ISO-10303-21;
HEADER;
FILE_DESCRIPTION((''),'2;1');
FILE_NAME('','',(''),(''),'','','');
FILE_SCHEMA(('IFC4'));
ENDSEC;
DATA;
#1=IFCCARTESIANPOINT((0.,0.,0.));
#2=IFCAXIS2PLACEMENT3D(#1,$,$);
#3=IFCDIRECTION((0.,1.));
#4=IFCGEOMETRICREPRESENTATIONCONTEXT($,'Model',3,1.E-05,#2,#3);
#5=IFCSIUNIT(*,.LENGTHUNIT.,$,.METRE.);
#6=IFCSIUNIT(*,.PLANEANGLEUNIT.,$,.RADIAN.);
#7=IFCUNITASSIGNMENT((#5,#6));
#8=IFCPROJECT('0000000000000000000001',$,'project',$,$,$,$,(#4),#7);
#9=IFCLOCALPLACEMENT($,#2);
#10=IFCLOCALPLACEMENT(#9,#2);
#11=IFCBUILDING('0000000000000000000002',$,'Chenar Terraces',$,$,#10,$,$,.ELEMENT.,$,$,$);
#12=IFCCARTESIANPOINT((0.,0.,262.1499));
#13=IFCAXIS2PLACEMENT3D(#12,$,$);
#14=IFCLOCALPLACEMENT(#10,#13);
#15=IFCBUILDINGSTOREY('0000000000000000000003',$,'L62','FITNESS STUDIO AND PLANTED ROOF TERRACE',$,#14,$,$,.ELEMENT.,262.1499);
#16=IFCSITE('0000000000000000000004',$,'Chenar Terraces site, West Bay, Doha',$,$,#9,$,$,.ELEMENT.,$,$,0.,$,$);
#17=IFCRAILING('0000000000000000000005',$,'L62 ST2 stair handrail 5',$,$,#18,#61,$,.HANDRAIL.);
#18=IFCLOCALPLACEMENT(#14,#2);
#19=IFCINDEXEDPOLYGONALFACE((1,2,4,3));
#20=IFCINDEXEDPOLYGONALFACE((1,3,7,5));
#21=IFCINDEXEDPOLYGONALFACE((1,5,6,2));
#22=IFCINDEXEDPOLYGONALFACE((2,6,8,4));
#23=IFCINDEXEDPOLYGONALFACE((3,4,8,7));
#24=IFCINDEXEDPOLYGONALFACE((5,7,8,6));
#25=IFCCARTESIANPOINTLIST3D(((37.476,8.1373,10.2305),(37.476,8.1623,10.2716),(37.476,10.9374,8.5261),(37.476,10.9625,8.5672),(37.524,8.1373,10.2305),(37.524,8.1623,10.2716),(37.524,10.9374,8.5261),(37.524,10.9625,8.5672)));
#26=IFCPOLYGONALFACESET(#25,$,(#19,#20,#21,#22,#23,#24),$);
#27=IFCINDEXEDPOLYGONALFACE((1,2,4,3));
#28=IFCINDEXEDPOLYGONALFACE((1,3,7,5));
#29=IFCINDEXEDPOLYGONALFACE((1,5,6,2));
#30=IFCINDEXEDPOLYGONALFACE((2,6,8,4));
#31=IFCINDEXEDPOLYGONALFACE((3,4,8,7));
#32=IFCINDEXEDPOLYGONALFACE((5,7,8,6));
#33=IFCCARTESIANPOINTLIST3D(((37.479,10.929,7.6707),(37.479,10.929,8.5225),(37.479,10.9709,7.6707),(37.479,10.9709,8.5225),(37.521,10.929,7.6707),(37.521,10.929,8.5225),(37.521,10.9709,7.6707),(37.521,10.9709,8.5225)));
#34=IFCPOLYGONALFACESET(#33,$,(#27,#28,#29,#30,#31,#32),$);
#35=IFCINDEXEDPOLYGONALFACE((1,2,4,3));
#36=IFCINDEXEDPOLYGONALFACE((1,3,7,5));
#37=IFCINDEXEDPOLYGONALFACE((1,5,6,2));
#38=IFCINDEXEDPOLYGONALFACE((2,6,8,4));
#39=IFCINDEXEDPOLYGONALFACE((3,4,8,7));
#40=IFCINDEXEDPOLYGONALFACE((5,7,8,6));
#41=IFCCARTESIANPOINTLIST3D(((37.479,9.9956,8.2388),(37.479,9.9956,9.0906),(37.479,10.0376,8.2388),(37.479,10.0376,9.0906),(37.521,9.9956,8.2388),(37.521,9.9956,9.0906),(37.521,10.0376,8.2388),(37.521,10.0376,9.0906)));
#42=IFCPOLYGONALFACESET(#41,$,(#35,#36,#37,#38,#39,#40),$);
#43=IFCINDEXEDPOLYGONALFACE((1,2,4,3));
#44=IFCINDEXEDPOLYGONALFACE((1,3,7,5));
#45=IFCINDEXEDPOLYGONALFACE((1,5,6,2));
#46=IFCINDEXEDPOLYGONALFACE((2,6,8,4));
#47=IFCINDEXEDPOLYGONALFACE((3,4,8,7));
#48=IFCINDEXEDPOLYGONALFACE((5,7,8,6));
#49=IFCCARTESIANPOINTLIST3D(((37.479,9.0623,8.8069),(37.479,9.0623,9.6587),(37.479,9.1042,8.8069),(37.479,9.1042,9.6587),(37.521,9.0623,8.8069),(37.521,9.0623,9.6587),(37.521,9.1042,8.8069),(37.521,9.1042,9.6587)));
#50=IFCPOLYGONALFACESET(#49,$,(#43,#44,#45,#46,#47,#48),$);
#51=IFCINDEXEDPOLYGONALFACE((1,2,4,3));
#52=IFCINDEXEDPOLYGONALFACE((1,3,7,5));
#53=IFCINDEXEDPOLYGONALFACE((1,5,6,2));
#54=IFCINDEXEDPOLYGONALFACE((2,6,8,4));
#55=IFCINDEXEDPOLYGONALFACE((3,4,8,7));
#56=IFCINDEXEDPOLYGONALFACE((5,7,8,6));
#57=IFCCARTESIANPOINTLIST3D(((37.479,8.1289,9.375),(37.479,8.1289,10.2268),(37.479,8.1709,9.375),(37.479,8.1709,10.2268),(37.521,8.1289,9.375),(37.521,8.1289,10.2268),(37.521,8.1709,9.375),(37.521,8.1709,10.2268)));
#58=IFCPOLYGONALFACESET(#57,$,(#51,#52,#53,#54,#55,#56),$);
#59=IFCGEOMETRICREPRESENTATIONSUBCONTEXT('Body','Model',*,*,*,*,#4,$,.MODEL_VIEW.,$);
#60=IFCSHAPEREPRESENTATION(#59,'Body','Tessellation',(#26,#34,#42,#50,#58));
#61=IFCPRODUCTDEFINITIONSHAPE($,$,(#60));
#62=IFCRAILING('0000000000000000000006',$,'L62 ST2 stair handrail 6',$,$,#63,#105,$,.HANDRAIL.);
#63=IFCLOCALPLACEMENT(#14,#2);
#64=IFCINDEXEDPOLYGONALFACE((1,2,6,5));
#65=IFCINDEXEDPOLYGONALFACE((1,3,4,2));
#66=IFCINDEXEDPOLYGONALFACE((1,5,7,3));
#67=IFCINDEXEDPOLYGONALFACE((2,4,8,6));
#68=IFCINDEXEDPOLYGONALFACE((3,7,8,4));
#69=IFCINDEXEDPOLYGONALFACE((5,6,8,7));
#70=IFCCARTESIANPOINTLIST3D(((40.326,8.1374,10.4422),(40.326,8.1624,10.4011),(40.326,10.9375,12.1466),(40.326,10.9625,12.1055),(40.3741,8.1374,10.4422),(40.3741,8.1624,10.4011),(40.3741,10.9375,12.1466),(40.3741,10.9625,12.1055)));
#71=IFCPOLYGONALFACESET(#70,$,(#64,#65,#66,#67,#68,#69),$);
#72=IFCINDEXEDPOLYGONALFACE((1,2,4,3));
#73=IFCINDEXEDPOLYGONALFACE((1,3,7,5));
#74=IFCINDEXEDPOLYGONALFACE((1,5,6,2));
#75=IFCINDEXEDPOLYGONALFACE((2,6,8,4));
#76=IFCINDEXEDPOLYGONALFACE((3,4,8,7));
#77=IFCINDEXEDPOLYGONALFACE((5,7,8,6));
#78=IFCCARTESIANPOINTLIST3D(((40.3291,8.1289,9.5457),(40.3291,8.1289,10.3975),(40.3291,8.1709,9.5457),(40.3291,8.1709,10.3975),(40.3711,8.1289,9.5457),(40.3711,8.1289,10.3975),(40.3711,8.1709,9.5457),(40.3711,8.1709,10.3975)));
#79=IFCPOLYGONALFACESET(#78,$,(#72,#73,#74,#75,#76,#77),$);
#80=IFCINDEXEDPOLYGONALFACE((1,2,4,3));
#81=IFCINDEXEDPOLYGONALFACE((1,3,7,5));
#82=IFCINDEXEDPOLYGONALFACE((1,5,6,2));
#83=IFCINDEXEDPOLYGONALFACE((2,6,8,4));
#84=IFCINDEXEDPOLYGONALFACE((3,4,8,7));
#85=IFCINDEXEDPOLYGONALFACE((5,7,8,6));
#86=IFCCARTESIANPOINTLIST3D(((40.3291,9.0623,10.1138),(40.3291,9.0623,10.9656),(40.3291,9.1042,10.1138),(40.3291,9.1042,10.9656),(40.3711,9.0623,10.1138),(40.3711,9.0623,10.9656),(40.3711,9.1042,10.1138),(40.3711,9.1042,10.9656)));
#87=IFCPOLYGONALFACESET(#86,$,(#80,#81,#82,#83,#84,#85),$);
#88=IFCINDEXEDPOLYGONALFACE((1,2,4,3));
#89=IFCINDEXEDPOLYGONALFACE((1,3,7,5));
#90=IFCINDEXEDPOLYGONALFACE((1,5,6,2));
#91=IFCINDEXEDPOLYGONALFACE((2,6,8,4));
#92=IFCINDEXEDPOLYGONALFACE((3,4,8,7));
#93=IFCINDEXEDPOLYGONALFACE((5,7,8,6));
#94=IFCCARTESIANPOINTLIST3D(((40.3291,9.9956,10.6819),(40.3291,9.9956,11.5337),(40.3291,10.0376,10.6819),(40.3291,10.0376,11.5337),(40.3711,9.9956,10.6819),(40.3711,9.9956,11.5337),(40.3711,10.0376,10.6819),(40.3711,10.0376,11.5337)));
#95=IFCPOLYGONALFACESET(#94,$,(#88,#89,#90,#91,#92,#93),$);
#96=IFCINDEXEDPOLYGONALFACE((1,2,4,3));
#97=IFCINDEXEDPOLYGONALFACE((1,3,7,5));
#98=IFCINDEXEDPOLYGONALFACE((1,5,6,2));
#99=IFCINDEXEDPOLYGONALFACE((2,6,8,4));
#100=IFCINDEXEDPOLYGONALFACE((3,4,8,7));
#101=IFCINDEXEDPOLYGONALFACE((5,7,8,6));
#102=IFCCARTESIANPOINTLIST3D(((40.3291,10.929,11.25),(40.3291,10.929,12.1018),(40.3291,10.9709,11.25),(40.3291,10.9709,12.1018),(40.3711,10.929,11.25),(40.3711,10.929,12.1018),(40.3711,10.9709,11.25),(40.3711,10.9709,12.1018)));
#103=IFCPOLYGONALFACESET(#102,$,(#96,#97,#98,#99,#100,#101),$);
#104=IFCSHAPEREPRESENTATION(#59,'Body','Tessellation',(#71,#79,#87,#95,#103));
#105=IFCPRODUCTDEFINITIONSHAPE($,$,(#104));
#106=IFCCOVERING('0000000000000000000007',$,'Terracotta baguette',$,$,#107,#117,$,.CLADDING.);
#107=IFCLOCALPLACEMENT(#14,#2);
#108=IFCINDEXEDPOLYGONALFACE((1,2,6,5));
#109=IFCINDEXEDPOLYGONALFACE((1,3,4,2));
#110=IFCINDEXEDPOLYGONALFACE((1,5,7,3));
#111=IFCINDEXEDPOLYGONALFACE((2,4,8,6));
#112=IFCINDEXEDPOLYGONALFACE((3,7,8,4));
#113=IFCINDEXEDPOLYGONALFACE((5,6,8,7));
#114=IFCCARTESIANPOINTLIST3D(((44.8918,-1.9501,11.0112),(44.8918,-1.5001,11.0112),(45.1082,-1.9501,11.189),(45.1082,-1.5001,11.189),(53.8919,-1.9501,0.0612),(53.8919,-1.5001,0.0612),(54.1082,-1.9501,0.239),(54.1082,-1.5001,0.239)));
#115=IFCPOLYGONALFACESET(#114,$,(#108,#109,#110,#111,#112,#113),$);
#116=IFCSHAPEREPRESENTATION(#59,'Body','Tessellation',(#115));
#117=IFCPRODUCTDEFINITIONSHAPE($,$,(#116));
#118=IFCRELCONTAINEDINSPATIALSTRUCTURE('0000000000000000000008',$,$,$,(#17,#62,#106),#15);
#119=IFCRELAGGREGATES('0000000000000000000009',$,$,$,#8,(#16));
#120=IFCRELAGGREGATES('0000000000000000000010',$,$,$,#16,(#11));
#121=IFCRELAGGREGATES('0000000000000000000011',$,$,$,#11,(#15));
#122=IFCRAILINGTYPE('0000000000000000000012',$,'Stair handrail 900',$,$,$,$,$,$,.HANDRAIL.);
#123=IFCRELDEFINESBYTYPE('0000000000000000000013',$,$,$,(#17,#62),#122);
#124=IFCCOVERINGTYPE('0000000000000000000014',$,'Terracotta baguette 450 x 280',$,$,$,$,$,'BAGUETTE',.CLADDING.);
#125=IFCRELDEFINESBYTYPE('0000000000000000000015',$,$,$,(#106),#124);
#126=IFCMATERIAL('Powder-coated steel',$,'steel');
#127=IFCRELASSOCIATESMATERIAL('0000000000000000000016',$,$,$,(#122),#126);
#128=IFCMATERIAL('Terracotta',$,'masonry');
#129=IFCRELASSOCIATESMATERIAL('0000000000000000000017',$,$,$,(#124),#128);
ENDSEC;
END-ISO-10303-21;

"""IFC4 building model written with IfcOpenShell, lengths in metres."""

from ifc_helpers import new_model, si_unit, direction, frame, origin, origin_2d, place, context, subcontext, project, spatial, rectangle, extrude, material, material_profile, profile_set, type_object, element, save


model = new_model("IFC4")

# Units and contexts
model_context = context("Model", 3, precision=1e-05, world=origin(), true_north=direction((0.0, 1.0)))
body_context = subcontext(model_context, "Body", "Model", "MODEL_VIEW")
ifc_project = project(units=[si_unit("LENGTHUNIT", "METRE"), si_unit("PLANEANGLEUNIT", "RADIAN")], contexts=[model_context])

# Site, building, storey
site_placement = place(None, origin())
site = spatial("IfcSite", under=ifc_project, at=site_placement, Name="Chenar Terraces site, West Bay, Doha", CompositionType="ELEMENT", RefElevation=0.0)
building_placement = place(site_placement, origin())
building = spatial("IfcBuilding", under=site, at=building_placement, Name="Chenar Terraces", CompositionType="ELEMENT")
storey_placement = place(building_placement, frame((0.0, 0.0, 262.1499)))
storey = spatial("IfcBuildingStorey", under=building, at=storey_placement, Name="L62", Description="FITNESS STUDIO AND PLANTED ROOF TERRACE", CompositionType="ELEMENT", Elevation=262.1499)

# Railings
ifc_material_1 = material(Name="Powder-coated steel", Category="steel")
railing_type_1 = type_object("IfcRailingType", Name="Stair handrail 900", PredefinedType="HANDRAIL", material=ifc_material_1)
railing_1_placement = place(storey_placement, frame((37.5, 10.95, 7.6707)))
element("IfcRailing", 1, at=railing_1_placement, inside=storey, type_object=railing_type_1, Name="L62 ST2 stair handrail 5", PredefinedType="HANDRAIL", context=body_context, shape_type="SweptSolid", body=[
    extrude(rectangle(XDim=0.0481, YDim=0.0481, at=origin_2d()), frame((0.0, 0.0, 0.876), z_axis=(0.0, -0.854203, 0.51994), x_axis=(1.0, 0.0, 0.0)), (0.0, 0.0, 1.0), 3.2781),
    extrude(rectangle(XDim=0.042, YDim=0.042, at=origin_2d()), origin(), (0.0, 0.0, 1.0), 0.8518),
    extrude(rectangle(XDim=0.042, YDim=0.042, at=origin_2d()), frame((0.0, -0.9333, 0.5681)), (0.0, 0.0, 1.0), 0.8518),
    extrude(rectangle(XDim=0.042, YDim=0.042, at=origin_2d()), frame((0.0, -1.8667, 1.1362)), (0.0, 0.0, 1.0), 0.8518),
    extrude(rectangle(XDim=0.042, YDim=0.042, at=origin_2d()), frame((0.0, -2.8, 1.7043)), (0.0, 0.0, 1.0), 0.8518),
])
railing_2_placement = place(storey_placement, frame((40.3501, 8.1499, 9.5457)))
element("IfcRailing", 2, at=railing_2_placement, inside=storey, type_object=railing_type_1, Name="L62 ST2 stair handrail 6", PredefinedType="HANDRAIL", context=body_context, shape_type="SweptSolid", body=[
    extrude(rectangle(XDim=0.0481, YDim=0.0481, at=origin_2d()), frame((0.0, 0.0, 0.876), z_axis=(0.0, 0.854203, 0.51994), x_axis=(-1.0, 0.0, 0.0)), (0.0, 0.0, 1.0), 3.2781),
    extrude(rectangle(XDim=0.042, YDim=0.042, at=origin_2d()), origin(), (0.0, 0.0, 1.0), 0.8518),
    extrude(rectangle(XDim=0.042, YDim=0.042, at=origin_2d()), frame((0.0, 0.9333, 0.5681)), (0.0, 0.0, 1.0), 0.8518),
    extrude(rectangle(XDim=0.042, YDim=0.042, at=origin_2d()), frame((0.0, 1.8667, 1.1362)), (0.0, 0.0, 1.0), 0.8518),
    extrude(rectangle(XDim=0.042, YDim=0.042, at=origin_2d()), frame((0.0, 2.8, 1.7043)), (0.0, 0.0, 1.0), 0.8518),
])

# Covering
ifc_material_2 = material(Name="Terracotta", Category="masonry")
ifc_material_profile_1 = material_profile(ifc_material_2, rectangle(XDim=0.45, YDim=0.28, at=origin_2d()), Name="Terracotta baguette 450 x 280")
ifc_profile_set_1 = profile_set([ifc_material_profile_1], Name="Terracotta")
covering_type = type_object("IfcCoveringType", Name="Terracotta baguette 450 x 280", ElementType="BAGUETTE", PredefinedType="CLADDING", material=ifc_profile_set_1)
covering_placement = place(storey_placement, frame((45.0, -1.7251, 11.1001), z_axis=(0.634967, 0.0, -0.772539), x_axis=(0.0, 1.0, 0.0)))
element("IfcCovering", 3, at=covering_placement, inside=storey, type_object=covering_type, Name="Terracotta baguette", PredefinedType="CLADDING", context=body_context, shape_type="SweptSolid", body=[
    extrude(rectangle(XDim=0.45, YDim=0.28, at=origin_2d()), origin(), (0.0, 0.0, 1.0), 14.1741),
])

save(model, "model.ifc")
